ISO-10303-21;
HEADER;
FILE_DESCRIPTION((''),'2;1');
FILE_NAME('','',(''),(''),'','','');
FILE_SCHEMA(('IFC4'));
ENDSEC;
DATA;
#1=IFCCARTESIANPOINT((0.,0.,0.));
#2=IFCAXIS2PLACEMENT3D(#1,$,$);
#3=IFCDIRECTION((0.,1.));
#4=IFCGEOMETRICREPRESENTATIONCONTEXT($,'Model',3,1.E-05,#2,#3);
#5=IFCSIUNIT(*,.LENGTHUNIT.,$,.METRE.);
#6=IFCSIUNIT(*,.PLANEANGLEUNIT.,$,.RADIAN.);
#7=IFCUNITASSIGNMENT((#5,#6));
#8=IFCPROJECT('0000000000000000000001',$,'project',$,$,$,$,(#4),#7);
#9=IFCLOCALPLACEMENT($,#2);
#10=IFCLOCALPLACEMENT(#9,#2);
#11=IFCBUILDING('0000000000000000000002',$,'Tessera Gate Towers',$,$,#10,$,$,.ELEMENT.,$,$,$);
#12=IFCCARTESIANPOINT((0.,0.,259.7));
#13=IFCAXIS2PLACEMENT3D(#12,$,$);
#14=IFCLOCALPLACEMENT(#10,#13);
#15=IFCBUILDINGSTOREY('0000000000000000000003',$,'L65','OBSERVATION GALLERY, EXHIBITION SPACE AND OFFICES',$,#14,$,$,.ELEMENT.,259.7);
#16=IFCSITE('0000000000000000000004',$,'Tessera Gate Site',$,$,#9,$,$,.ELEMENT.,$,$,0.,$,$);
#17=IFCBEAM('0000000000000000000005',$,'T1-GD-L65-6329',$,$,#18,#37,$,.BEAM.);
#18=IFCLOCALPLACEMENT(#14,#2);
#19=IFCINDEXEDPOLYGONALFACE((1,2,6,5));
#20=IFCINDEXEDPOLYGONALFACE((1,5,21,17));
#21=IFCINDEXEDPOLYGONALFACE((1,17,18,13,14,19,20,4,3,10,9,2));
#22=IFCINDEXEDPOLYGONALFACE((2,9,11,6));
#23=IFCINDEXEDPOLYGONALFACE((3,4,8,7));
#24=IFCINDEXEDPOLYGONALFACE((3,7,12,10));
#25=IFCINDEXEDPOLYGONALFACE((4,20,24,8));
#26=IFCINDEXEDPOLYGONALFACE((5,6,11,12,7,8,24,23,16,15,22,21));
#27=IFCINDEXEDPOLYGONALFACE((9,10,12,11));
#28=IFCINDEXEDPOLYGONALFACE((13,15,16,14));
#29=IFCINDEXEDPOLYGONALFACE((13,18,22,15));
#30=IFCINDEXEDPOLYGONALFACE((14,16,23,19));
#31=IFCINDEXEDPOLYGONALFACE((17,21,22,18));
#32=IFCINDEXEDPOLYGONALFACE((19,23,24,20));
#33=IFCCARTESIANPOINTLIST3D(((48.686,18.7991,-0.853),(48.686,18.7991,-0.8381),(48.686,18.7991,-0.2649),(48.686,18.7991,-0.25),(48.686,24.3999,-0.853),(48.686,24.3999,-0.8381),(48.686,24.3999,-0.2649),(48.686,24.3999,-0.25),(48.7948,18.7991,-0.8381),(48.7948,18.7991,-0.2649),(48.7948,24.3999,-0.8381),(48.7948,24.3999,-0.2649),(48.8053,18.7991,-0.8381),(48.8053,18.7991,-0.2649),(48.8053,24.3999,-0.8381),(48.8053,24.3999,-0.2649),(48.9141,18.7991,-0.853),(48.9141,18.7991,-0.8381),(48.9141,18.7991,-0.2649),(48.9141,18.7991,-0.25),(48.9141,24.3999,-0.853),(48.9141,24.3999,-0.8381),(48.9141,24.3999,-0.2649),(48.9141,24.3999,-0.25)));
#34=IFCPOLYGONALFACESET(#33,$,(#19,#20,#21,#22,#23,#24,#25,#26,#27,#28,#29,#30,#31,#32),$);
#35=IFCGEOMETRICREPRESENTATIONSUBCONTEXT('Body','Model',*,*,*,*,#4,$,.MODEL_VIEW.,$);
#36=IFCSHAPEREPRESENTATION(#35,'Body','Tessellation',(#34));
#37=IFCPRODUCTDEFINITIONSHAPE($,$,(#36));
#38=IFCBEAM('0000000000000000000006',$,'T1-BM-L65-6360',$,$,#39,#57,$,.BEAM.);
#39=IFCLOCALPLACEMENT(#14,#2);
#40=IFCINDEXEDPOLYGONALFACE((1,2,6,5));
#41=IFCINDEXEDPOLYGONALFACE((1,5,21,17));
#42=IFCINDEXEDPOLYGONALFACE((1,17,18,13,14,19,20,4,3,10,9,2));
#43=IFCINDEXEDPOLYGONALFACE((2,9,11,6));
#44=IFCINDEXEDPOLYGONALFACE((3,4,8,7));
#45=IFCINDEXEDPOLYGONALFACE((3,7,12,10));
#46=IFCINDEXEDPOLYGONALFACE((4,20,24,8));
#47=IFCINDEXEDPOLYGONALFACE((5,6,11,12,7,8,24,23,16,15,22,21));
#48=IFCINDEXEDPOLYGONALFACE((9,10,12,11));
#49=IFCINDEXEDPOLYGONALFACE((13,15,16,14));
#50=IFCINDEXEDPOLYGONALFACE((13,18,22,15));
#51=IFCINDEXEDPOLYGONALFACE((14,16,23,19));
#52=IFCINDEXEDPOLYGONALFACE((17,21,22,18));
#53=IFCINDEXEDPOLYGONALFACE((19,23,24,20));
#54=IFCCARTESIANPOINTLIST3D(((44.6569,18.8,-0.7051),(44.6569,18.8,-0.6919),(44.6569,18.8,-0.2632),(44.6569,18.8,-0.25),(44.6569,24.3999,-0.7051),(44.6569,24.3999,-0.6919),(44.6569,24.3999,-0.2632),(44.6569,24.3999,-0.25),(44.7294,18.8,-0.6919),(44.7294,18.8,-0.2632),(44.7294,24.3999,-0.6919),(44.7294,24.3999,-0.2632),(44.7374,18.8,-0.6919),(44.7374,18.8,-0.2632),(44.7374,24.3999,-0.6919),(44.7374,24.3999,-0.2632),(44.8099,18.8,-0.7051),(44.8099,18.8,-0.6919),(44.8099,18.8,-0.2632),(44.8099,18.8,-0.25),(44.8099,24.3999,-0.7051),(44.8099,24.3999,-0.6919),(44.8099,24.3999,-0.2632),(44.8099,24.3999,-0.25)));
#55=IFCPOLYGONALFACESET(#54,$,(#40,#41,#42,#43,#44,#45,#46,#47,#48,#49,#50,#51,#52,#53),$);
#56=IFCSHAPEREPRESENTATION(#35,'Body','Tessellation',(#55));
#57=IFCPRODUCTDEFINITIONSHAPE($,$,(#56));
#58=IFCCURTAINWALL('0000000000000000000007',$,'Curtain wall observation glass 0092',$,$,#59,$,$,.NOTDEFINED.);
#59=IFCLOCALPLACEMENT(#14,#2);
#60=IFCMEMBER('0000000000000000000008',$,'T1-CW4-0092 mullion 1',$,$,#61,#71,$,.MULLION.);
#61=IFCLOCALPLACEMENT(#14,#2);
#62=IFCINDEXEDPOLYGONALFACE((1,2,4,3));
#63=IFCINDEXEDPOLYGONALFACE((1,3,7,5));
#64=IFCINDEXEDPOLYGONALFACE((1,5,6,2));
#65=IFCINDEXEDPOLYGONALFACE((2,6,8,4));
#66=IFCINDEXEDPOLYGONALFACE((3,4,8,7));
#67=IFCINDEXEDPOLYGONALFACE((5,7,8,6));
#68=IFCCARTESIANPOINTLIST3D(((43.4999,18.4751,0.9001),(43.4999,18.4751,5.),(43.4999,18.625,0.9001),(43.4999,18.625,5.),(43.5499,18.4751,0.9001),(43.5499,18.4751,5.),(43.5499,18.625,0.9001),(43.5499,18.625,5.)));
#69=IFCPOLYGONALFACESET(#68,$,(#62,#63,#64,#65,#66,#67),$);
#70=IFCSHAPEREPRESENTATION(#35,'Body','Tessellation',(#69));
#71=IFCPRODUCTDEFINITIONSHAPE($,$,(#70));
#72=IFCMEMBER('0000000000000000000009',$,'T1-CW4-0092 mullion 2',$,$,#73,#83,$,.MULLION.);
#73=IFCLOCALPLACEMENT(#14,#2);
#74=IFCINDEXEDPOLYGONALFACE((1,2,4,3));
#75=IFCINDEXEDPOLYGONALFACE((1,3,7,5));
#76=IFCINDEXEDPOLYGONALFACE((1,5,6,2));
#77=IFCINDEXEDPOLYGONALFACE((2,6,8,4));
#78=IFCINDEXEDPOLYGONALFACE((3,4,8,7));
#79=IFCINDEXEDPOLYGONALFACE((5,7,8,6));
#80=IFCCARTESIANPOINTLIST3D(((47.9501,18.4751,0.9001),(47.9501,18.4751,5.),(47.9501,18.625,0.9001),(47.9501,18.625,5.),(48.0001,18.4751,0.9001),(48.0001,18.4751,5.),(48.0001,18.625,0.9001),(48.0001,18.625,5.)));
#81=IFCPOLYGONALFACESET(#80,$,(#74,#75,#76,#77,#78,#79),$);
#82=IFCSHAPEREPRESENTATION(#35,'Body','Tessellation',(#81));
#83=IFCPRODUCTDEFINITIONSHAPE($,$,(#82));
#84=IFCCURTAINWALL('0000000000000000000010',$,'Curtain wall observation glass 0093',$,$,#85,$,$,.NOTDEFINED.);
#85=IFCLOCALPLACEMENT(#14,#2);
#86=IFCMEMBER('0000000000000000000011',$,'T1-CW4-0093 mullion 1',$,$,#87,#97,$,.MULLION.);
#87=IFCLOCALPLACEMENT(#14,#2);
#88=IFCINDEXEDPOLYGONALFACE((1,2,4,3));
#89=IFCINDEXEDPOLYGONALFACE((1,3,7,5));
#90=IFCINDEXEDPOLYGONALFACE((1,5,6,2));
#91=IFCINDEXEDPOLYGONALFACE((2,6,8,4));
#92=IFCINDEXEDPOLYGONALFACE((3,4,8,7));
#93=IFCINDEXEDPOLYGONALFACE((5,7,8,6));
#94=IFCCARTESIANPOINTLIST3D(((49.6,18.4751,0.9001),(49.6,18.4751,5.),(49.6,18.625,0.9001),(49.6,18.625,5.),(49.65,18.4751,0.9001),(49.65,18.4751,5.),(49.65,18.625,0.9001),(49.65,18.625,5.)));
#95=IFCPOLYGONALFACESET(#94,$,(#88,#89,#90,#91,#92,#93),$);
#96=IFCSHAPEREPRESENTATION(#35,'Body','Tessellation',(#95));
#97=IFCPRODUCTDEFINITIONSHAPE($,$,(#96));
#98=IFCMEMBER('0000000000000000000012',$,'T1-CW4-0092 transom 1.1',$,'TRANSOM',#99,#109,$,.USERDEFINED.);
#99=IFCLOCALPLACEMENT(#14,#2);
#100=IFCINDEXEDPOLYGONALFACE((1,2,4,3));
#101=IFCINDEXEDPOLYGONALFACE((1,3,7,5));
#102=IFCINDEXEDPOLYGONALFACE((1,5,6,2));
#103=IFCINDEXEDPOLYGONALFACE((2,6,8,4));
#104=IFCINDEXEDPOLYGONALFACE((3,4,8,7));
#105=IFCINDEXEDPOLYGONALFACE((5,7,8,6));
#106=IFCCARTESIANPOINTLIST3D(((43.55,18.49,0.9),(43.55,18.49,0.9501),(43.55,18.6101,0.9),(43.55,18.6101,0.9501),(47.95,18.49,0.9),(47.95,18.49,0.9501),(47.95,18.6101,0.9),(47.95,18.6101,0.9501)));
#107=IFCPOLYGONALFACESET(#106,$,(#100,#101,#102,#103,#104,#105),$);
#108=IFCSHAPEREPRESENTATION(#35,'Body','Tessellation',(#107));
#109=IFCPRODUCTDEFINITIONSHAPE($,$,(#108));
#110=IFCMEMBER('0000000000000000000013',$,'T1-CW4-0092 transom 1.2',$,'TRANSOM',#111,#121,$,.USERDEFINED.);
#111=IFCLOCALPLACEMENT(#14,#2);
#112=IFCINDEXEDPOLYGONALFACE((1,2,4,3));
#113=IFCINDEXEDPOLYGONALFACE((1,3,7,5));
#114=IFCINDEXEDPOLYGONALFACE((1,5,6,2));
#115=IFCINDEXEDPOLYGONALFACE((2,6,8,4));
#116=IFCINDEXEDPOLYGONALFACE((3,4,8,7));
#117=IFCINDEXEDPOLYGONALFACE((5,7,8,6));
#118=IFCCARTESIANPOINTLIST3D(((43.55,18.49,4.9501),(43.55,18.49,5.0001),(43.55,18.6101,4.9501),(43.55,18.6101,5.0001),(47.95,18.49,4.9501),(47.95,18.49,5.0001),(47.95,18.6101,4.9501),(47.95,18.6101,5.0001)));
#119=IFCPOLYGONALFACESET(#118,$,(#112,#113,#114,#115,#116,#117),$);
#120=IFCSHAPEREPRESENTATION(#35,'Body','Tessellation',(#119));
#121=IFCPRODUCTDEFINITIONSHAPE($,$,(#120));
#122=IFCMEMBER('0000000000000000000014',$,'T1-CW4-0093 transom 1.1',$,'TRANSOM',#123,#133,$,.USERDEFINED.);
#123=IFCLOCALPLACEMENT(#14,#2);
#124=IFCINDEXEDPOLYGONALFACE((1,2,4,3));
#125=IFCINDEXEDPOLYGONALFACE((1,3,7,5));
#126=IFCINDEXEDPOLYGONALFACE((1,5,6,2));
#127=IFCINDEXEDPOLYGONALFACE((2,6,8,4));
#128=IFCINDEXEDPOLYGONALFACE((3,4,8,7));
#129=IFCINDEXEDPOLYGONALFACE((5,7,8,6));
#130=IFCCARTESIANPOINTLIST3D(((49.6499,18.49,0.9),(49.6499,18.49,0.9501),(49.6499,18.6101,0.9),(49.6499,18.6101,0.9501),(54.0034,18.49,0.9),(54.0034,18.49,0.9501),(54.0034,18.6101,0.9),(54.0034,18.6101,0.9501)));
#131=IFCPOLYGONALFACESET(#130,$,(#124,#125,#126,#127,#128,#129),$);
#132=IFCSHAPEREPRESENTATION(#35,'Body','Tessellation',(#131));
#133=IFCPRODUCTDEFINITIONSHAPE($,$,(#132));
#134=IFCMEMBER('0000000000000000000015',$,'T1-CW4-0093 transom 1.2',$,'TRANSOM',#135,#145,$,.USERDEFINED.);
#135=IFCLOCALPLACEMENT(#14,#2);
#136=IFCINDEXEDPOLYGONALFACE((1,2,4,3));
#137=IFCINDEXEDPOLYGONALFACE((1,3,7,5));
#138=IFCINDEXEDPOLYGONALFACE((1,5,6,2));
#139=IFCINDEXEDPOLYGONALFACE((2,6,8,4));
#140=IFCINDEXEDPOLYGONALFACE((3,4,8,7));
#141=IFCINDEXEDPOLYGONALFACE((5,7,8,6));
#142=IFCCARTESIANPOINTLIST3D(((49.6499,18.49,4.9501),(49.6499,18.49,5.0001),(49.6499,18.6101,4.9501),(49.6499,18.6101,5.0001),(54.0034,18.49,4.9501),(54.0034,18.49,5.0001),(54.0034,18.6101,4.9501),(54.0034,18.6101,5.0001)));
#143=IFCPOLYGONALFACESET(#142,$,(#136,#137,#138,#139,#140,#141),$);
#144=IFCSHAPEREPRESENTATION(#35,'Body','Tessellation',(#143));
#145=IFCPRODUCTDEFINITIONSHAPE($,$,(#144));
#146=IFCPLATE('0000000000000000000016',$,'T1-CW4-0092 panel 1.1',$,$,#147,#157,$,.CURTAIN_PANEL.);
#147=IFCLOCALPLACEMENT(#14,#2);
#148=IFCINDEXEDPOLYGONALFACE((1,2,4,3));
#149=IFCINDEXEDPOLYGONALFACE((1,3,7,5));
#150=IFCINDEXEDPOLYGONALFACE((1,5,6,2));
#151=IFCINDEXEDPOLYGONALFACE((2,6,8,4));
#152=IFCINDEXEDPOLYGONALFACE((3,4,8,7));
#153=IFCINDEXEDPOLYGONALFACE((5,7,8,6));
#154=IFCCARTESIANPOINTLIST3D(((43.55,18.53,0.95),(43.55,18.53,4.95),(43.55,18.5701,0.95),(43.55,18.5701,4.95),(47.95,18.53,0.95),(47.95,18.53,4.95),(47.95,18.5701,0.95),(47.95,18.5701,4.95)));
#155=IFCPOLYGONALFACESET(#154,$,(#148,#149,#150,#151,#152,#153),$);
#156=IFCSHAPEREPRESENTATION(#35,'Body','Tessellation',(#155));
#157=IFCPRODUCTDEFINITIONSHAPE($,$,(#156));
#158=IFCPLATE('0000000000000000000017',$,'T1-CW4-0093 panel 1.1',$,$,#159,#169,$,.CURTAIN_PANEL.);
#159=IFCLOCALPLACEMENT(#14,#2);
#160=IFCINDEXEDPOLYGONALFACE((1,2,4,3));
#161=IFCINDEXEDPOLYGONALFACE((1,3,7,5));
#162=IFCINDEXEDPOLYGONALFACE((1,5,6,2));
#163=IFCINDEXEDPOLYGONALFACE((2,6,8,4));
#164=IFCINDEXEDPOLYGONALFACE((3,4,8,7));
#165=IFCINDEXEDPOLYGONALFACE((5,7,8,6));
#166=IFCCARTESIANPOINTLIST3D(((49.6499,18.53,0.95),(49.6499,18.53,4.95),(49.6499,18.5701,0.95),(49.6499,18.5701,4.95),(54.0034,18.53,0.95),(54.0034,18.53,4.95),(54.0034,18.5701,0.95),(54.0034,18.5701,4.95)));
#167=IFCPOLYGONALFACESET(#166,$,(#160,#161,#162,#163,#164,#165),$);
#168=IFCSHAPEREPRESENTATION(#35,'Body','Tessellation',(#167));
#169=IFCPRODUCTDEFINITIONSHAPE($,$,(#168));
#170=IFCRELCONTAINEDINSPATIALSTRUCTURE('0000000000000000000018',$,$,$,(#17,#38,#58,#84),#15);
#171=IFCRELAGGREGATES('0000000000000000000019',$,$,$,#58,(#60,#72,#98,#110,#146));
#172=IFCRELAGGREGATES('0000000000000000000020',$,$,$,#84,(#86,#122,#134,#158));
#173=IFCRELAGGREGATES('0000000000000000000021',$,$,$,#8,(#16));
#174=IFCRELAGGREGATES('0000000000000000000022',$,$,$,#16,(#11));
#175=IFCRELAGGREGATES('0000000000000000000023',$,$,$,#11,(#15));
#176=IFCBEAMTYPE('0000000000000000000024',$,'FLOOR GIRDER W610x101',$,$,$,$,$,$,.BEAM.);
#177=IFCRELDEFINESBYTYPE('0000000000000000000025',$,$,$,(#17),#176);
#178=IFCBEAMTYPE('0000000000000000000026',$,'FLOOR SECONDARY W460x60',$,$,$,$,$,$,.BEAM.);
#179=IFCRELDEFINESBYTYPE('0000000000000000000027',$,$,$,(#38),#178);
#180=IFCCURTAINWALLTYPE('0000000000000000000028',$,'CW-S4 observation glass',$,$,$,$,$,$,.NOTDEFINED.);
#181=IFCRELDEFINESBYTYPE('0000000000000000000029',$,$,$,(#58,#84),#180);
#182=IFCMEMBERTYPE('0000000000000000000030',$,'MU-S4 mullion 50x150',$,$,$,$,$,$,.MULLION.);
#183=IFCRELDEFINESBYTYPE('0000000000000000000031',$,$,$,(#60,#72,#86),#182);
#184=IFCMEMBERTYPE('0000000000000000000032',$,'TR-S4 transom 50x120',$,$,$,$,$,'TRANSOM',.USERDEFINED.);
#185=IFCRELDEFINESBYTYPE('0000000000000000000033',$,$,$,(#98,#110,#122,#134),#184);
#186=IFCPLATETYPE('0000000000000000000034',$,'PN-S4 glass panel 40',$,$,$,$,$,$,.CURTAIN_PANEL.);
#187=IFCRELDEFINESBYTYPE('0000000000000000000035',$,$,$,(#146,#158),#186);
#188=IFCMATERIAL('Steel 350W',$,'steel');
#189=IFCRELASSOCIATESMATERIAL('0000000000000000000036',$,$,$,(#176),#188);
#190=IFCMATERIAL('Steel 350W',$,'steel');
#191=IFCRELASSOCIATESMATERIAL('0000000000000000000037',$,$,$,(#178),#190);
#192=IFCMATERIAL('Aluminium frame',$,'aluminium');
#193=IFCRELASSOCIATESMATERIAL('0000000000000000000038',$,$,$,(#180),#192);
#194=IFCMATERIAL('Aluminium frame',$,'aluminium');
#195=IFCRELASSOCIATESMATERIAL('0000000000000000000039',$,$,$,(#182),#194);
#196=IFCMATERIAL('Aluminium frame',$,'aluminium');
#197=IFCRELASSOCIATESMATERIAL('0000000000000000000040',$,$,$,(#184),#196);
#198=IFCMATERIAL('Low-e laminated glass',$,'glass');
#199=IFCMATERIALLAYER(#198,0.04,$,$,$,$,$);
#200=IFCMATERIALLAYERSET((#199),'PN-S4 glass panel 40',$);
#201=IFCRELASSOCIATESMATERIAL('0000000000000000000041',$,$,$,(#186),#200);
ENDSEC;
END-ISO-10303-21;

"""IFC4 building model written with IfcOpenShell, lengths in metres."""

from ifc_helpers import new_model, si_unit, direction, frame, origin, origin_2d, place, context, subcontext, project, spatial, rectangle, i_section, extrude, material, layer, layer_set, material_profile, profile_set, type_object, element, aggregate, save


model = new_model("IFC4")

# Units and contexts
model_context = context("Model", 3, precision=1e-05, world=origin(), true_north=direction((0.0, 1.0)))
body_context = subcontext(model_context, "Body", "Model", "MODEL_VIEW")
ifc_project = project(units=[si_unit("LENGTHUNIT", "METRE"), si_unit("PLANEANGLEUNIT", "RADIAN")], contexts=[model_context])

# Site, building, storey
site_placement = place(None, origin())
site = spatial("IfcSite", under=ifc_project, at=site_placement, Name="Tessera Gate Site", CompositionType="ELEMENT", RefElevation=0.0)
building_placement = place(site_placement, origin())
building = spatial("IfcBuilding", under=site, at=building_placement, Name="Tessera Gate Towers", CompositionType="ELEMENT")
storey_placement = place(building_placement, frame((0.0, 0.0, 259.7)))
storey = spatial("IfcBuildingStorey", under=building, at=storey_placement, Name="L65", Description="OBSERVATION GALLERY, EXHIBITION SPACE AND OFFICES", CompositionType="ELEMENT", Elevation=259.7)

# Beams
ifc_material_1 = material(Name="Steel 350W", Category="steel")
ifc_material_profile_1 = material_profile(ifc_material_1, i_section(OverallWidth=0.228, OverallDepth=0.603, WebThickness=0.0105, FlangeThickness=0.0149, at=origin_2d()), Name="W610x101")
ifc_profile_set_1 = profile_set([ifc_material_profile_1], Name="Steel 350W")
beam_type_1 = type_object("IfcBeamType", Name="FLOOR GIRDER W610x101", PredefinedType="BEAM", material=ifc_profile_set_1)
beam_1_placement = place(storey_placement, frame((48.8, 18.7991, -0.5515), z_axis=(0.0, 1.0, 0.0), x_axis=(-1.0, 0.0, 0.0)))
element("IfcBeam", 1, at=beam_1_placement, inside=storey, type_object=beam_type_1, Name="T1-GD-L65-6329", PredefinedType="BEAM", context=body_context, shape_type="SweptSolid", body=[
    extrude(i_section(OverallWidth=0.228, OverallDepth=0.603, WebThickness=0.0105, FlangeThickness=0.0149, at=origin_2d()), origin(), (0.0, 0.0, 1.0), 5.6008),
])
ifc_material_2 = material(Name="Steel 350W", Category="steel")
ifc_material_profile_2 = material_profile(ifc_material_2, i_section(OverallWidth=0.1531, OverallDepth=0.4551, WebThickness=0.0081, FlangeThickness=0.0132, at=origin_2d()), Name="W460x60")
ifc_profile_set_2 = profile_set([ifc_material_profile_2], Name="Steel 350W")
beam_type_2 = type_object("IfcBeamType", Name="FLOOR SECONDARY W460x60", PredefinedType="BEAM", material=ifc_profile_set_2)
beam_2_placement = place(storey_placement, frame((44.7334, 18.8, -0.4775), z_axis=(0.0, 1.0, 0.0), x_axis=(-1.0, 0.0, 0.0)))
element("IfcBeam", 2, at=beam_2_placement, inside=storey, type_object=beam_type_2, Name="T1-BM-L65-6360", PredefinedType="BEAM", context=body_context, shape_type="SweptSolid", body=[
    extrude(i_section(OverallWidth=0.1531, OverallDepth=0.4551, WebThickness=0.0081, FlangeThickness=0.0132, at=origin_2d()), origin(), (0.0, 0.0, 1.0), 5.5999),
])

# Curtain wall, members
ifc_material_3 = material(Name="Aluminium frame", Category="aluminium")
curtain_wall_type = type_object("IfcCurtainWallType", Name="CW-S4 observation glass", PredefinedType="NOTDEFINED", material=ifc_material_3)
curtain_wall_1_placement = place(storey_placement, origin())
curtain_wall_1 = element("IfcCurtainWall", 3, at=curtain_wall_1_placement, inside=storey, type_object=curtain_wall_type, Name="Curtain wall observation glass 0092", PredefinedType="NOTDEFINED")
ifc_material_4 = material(Name="Aluminium frame", Category="aluminium")
ifc_material_profile_3 = material_profile(ifc_material_4, rectangle(XDim=0.05, YDim=0.1499, at=origin_2d()), Name="AL 50x150")
ifc_profile_set_3 = profile_set([ifc_material_profile_3], Name="Aluminium frame")
member_type_1 = type_object("IfcMemberType", Name="MU-S4 mullion 50x150", PredefinedType="MULLION", material=ifc_profile_set_3)
member_1_placement = place(storey_placement, frame((43.5249, 18.55, 0.9001), z_axis=(0.0, 0.0, 1.0), x_axis=(1.0, 0.0, 0.0)))
member_1 = element("IfcMember", 4, at=member_1_placement, type_object=member_type_1, Name="T1-CW4-0092 mullion 1", PredefinedType="MULLION", context=body_context, shape_type="SweptSolid", body=[
    extrude(rectangle(XDim=0.05, YDim=0.1499, at=origin_2d()), origin(), (0.0, 0.0, 1.0), 4.0999),
])
member_2_placement = place(storey_placement, frame((47.9751, 18.55, 0.9001), z_axis=(0.0, 0.0, 1.0), x_axis=(1.0, 0.0, 0.0)))
member_2 = element("IfcMember", 5, at=member_2_placement, type_object=member_type_1, Name="T1-CW4-0092 mullion 2", PredefinedType="MULLION", context=body_context, shape_type="SweptSolid", body=[
    extrude(rectangle(XDim=0.05, YDim=0.1499, at=origin_2d()), origin(), (0.0, 0.0, 1.0), 4.0999),
])

# Curtain wall, member
curtain_wall_2_placement = place(storey_placement, origin())
curtain_wall_2 = element("IfcCurtainWall", 6, at=curtain_wall_2_placement, inside=storey, type_object=curtain_wall_type, Name="Curtain wall observation glass 0093", PredefinedType="NOTDEFINED")
member_3_placement = place(storey_placement, frame((49.625, 18.55, 0.9001), z_axis=(0.0, 0.0, 1.0), x_axis=(1.0, 0.0, 0.0)))
member_3 = element("IfcMember", 7, at=member_3_placement, type_object=member_type_1, Name="T1-CW4-0093 mullion 1", PredefinedType="MULLION", context=body_context, shape_type="SweptSolid", body=[
    extrude(rectangle(XDim=0.05, YDim=0.1499, at=origin_2d()), origin(), (0.0, 0.0, 1.0), 4.0999),
])

# Members
ifc_material_5 = material(Name="Aluminium frame", Category="aluminium")
ifc_material_profile_4 = material_profile(ifc_material_5, rectangle(XDim=0.1201, YDim=0.05, at=origin_2d()), Name="AL 50x120")
ifc_profile_set_4 = profile_set([ifc_material_profile_4], Name="Aluminium frame")
member_type_2 = type_object("IfcMemberType", Name="TR-S4 transom 50x120", ElementType="TRANSOM", PredefinedType="USERDEFINED", material=ifc_profile_set_4)
member_4_placement = place(storey_placement, frame((43.55, 18.55, 0.925), z_axis=(1.0, 0.0, 0.0), x_axis=(0.0, 1.0, 0.0)))
member_4 = element("IfcMember", 8, at=member_4_placement, type_object=member_type_2, Name="T1-CW4-0092 transom 1.1", ObjectType="TRANSOM", PredefinedType="USERDEFINED", context=body_context, shape_type="SweptSolid", body=[
    extrude(rectangle(XDim=0.1201, YDim=0.05, at=origin_2d()), origin(), (0.0, 0.0, 1.0), 4.3999),
])
member_5_placement = place(storey_placement, frame((43.55, 18.55, 4.9751), z_axis=(1.0, 0.0, 0.0), x_axis=(0.0, 1.0, 0.0)))
member_5 = element("IfcMember", 9, at=member_5_placement, type_object=member_type_2, Name="T1-CW4-0092 transom 1.2", ObjectType="TRANSOM", PredefinedType="USERDEFINED", context=body_context, shape_type="SweptSolid", body=[
    extrude(rectangle(XDim=0.1201, YDim=0.05, at=origin_2d()), origin(), (0.0, 0.0, 1.0), 4.3999),
])
member_6_placement = place(storey_placement, frame((49.6499, 18.55, 0.925), z_axis=(1.0, 0.0, 0.0), x_axis=(0.0, 1.0, 0.0)))
member_6 = element("IfcMember", 10, at=member_6_placement, type_object=member_type_2, Name="T1-CW4-0093 transom 1.1", ObjectType="TRANSOM", PredefinedType="USERDEFINED", context=body_context, shape_type="SweptSolid", body=[
    extrude(rectangle(XDim=0.1201, YDim=0.05, at=origin_2d()), origin(), (0.0, 0.0, 1.0), 4.3535),
])
member_7_placement = place(storey_placement, frame((49.6499, 18.55, 4.9751), z_axis=(1.0, 0.0, 0.0), x_axis=(0.0, 1.0, 0.0)))
member_7 = element("IfcMember", 11, at=member_7_placement, type_object=member_type_2, Name="T1-CW4-0093 transom 1.2", ObjectType="TRANSOM", PredefinedType="USERDEFINED", context=body_context, shape_type="SweptSolid", body=[
    extrude(rectangle(XDim=0.1201, YDim=0.05, at=origin_2d()), origin(), (0.0, 0.0, 1.0), 4.3535),
])

# Plates
ifc_material_6 = material(Name="Low-e laminated glass", Category="glass")
ifc_layer_1 = layer(ifc_material_6, 0.04)
ifc_layer_set_1 = layer_set([ifc_layer_1], Name="PN-S4 glass panel 40")
plate_type = type_object("IfcPlateType", Name="PN-S4 glass panel 40", PredefinedType="CURTAIN_PANEL", material=ifc_layer_set_1)
plate_1_placement = place(storey_placement, frame((45.75, 18.55, 0.95), z_axis=(0.0, 0.0, 1.0), x_axis=(1.0, 0.0, 0.0)))
plate_1 = element("IfcPlate", 12, at=plate_1_placement, type_object=plate_type, Name="T1-CW4-0092 panel 1.1", PredefinedType="CURTAIN_PANEL", context=body_context, shape_type="SweptSolid", body=[
    extrude(rectangle(XDim=4.3999, YDim=0.04, at=origin_2d()), origin(), (0.0, 0.0, 1.0), 4.0),
])
aggregate(curtain_wall_1, [member_1, member_2, member_4, member_5, plate_1])
plate_2_placement = place(storey_placement, frame((51.8267, 18.55, 0.95), z_axis=(0.0, 0.0, 1.0), x_axis=(1.0, 0.0, 0.0)))
plate_2 = element("IfcPlate", 13, at=plate_2_placement, type_object=plate_type, Name="T1-CW4-0093 panel 1.1", PredefinedType="CURTAIN_PANEL", context=body_context, shape_type="SweptSolid", body=[
    extrude(rectangle(XDim=4.3535, YDim=0.04, at=origin_2d()), origin(), (0.0, 0.0, 1.0), 4.0),
])
aggregate(curtain_wall_2, [member_3, member_6, member_7, plate_2])

save(model, "model.ifc")
